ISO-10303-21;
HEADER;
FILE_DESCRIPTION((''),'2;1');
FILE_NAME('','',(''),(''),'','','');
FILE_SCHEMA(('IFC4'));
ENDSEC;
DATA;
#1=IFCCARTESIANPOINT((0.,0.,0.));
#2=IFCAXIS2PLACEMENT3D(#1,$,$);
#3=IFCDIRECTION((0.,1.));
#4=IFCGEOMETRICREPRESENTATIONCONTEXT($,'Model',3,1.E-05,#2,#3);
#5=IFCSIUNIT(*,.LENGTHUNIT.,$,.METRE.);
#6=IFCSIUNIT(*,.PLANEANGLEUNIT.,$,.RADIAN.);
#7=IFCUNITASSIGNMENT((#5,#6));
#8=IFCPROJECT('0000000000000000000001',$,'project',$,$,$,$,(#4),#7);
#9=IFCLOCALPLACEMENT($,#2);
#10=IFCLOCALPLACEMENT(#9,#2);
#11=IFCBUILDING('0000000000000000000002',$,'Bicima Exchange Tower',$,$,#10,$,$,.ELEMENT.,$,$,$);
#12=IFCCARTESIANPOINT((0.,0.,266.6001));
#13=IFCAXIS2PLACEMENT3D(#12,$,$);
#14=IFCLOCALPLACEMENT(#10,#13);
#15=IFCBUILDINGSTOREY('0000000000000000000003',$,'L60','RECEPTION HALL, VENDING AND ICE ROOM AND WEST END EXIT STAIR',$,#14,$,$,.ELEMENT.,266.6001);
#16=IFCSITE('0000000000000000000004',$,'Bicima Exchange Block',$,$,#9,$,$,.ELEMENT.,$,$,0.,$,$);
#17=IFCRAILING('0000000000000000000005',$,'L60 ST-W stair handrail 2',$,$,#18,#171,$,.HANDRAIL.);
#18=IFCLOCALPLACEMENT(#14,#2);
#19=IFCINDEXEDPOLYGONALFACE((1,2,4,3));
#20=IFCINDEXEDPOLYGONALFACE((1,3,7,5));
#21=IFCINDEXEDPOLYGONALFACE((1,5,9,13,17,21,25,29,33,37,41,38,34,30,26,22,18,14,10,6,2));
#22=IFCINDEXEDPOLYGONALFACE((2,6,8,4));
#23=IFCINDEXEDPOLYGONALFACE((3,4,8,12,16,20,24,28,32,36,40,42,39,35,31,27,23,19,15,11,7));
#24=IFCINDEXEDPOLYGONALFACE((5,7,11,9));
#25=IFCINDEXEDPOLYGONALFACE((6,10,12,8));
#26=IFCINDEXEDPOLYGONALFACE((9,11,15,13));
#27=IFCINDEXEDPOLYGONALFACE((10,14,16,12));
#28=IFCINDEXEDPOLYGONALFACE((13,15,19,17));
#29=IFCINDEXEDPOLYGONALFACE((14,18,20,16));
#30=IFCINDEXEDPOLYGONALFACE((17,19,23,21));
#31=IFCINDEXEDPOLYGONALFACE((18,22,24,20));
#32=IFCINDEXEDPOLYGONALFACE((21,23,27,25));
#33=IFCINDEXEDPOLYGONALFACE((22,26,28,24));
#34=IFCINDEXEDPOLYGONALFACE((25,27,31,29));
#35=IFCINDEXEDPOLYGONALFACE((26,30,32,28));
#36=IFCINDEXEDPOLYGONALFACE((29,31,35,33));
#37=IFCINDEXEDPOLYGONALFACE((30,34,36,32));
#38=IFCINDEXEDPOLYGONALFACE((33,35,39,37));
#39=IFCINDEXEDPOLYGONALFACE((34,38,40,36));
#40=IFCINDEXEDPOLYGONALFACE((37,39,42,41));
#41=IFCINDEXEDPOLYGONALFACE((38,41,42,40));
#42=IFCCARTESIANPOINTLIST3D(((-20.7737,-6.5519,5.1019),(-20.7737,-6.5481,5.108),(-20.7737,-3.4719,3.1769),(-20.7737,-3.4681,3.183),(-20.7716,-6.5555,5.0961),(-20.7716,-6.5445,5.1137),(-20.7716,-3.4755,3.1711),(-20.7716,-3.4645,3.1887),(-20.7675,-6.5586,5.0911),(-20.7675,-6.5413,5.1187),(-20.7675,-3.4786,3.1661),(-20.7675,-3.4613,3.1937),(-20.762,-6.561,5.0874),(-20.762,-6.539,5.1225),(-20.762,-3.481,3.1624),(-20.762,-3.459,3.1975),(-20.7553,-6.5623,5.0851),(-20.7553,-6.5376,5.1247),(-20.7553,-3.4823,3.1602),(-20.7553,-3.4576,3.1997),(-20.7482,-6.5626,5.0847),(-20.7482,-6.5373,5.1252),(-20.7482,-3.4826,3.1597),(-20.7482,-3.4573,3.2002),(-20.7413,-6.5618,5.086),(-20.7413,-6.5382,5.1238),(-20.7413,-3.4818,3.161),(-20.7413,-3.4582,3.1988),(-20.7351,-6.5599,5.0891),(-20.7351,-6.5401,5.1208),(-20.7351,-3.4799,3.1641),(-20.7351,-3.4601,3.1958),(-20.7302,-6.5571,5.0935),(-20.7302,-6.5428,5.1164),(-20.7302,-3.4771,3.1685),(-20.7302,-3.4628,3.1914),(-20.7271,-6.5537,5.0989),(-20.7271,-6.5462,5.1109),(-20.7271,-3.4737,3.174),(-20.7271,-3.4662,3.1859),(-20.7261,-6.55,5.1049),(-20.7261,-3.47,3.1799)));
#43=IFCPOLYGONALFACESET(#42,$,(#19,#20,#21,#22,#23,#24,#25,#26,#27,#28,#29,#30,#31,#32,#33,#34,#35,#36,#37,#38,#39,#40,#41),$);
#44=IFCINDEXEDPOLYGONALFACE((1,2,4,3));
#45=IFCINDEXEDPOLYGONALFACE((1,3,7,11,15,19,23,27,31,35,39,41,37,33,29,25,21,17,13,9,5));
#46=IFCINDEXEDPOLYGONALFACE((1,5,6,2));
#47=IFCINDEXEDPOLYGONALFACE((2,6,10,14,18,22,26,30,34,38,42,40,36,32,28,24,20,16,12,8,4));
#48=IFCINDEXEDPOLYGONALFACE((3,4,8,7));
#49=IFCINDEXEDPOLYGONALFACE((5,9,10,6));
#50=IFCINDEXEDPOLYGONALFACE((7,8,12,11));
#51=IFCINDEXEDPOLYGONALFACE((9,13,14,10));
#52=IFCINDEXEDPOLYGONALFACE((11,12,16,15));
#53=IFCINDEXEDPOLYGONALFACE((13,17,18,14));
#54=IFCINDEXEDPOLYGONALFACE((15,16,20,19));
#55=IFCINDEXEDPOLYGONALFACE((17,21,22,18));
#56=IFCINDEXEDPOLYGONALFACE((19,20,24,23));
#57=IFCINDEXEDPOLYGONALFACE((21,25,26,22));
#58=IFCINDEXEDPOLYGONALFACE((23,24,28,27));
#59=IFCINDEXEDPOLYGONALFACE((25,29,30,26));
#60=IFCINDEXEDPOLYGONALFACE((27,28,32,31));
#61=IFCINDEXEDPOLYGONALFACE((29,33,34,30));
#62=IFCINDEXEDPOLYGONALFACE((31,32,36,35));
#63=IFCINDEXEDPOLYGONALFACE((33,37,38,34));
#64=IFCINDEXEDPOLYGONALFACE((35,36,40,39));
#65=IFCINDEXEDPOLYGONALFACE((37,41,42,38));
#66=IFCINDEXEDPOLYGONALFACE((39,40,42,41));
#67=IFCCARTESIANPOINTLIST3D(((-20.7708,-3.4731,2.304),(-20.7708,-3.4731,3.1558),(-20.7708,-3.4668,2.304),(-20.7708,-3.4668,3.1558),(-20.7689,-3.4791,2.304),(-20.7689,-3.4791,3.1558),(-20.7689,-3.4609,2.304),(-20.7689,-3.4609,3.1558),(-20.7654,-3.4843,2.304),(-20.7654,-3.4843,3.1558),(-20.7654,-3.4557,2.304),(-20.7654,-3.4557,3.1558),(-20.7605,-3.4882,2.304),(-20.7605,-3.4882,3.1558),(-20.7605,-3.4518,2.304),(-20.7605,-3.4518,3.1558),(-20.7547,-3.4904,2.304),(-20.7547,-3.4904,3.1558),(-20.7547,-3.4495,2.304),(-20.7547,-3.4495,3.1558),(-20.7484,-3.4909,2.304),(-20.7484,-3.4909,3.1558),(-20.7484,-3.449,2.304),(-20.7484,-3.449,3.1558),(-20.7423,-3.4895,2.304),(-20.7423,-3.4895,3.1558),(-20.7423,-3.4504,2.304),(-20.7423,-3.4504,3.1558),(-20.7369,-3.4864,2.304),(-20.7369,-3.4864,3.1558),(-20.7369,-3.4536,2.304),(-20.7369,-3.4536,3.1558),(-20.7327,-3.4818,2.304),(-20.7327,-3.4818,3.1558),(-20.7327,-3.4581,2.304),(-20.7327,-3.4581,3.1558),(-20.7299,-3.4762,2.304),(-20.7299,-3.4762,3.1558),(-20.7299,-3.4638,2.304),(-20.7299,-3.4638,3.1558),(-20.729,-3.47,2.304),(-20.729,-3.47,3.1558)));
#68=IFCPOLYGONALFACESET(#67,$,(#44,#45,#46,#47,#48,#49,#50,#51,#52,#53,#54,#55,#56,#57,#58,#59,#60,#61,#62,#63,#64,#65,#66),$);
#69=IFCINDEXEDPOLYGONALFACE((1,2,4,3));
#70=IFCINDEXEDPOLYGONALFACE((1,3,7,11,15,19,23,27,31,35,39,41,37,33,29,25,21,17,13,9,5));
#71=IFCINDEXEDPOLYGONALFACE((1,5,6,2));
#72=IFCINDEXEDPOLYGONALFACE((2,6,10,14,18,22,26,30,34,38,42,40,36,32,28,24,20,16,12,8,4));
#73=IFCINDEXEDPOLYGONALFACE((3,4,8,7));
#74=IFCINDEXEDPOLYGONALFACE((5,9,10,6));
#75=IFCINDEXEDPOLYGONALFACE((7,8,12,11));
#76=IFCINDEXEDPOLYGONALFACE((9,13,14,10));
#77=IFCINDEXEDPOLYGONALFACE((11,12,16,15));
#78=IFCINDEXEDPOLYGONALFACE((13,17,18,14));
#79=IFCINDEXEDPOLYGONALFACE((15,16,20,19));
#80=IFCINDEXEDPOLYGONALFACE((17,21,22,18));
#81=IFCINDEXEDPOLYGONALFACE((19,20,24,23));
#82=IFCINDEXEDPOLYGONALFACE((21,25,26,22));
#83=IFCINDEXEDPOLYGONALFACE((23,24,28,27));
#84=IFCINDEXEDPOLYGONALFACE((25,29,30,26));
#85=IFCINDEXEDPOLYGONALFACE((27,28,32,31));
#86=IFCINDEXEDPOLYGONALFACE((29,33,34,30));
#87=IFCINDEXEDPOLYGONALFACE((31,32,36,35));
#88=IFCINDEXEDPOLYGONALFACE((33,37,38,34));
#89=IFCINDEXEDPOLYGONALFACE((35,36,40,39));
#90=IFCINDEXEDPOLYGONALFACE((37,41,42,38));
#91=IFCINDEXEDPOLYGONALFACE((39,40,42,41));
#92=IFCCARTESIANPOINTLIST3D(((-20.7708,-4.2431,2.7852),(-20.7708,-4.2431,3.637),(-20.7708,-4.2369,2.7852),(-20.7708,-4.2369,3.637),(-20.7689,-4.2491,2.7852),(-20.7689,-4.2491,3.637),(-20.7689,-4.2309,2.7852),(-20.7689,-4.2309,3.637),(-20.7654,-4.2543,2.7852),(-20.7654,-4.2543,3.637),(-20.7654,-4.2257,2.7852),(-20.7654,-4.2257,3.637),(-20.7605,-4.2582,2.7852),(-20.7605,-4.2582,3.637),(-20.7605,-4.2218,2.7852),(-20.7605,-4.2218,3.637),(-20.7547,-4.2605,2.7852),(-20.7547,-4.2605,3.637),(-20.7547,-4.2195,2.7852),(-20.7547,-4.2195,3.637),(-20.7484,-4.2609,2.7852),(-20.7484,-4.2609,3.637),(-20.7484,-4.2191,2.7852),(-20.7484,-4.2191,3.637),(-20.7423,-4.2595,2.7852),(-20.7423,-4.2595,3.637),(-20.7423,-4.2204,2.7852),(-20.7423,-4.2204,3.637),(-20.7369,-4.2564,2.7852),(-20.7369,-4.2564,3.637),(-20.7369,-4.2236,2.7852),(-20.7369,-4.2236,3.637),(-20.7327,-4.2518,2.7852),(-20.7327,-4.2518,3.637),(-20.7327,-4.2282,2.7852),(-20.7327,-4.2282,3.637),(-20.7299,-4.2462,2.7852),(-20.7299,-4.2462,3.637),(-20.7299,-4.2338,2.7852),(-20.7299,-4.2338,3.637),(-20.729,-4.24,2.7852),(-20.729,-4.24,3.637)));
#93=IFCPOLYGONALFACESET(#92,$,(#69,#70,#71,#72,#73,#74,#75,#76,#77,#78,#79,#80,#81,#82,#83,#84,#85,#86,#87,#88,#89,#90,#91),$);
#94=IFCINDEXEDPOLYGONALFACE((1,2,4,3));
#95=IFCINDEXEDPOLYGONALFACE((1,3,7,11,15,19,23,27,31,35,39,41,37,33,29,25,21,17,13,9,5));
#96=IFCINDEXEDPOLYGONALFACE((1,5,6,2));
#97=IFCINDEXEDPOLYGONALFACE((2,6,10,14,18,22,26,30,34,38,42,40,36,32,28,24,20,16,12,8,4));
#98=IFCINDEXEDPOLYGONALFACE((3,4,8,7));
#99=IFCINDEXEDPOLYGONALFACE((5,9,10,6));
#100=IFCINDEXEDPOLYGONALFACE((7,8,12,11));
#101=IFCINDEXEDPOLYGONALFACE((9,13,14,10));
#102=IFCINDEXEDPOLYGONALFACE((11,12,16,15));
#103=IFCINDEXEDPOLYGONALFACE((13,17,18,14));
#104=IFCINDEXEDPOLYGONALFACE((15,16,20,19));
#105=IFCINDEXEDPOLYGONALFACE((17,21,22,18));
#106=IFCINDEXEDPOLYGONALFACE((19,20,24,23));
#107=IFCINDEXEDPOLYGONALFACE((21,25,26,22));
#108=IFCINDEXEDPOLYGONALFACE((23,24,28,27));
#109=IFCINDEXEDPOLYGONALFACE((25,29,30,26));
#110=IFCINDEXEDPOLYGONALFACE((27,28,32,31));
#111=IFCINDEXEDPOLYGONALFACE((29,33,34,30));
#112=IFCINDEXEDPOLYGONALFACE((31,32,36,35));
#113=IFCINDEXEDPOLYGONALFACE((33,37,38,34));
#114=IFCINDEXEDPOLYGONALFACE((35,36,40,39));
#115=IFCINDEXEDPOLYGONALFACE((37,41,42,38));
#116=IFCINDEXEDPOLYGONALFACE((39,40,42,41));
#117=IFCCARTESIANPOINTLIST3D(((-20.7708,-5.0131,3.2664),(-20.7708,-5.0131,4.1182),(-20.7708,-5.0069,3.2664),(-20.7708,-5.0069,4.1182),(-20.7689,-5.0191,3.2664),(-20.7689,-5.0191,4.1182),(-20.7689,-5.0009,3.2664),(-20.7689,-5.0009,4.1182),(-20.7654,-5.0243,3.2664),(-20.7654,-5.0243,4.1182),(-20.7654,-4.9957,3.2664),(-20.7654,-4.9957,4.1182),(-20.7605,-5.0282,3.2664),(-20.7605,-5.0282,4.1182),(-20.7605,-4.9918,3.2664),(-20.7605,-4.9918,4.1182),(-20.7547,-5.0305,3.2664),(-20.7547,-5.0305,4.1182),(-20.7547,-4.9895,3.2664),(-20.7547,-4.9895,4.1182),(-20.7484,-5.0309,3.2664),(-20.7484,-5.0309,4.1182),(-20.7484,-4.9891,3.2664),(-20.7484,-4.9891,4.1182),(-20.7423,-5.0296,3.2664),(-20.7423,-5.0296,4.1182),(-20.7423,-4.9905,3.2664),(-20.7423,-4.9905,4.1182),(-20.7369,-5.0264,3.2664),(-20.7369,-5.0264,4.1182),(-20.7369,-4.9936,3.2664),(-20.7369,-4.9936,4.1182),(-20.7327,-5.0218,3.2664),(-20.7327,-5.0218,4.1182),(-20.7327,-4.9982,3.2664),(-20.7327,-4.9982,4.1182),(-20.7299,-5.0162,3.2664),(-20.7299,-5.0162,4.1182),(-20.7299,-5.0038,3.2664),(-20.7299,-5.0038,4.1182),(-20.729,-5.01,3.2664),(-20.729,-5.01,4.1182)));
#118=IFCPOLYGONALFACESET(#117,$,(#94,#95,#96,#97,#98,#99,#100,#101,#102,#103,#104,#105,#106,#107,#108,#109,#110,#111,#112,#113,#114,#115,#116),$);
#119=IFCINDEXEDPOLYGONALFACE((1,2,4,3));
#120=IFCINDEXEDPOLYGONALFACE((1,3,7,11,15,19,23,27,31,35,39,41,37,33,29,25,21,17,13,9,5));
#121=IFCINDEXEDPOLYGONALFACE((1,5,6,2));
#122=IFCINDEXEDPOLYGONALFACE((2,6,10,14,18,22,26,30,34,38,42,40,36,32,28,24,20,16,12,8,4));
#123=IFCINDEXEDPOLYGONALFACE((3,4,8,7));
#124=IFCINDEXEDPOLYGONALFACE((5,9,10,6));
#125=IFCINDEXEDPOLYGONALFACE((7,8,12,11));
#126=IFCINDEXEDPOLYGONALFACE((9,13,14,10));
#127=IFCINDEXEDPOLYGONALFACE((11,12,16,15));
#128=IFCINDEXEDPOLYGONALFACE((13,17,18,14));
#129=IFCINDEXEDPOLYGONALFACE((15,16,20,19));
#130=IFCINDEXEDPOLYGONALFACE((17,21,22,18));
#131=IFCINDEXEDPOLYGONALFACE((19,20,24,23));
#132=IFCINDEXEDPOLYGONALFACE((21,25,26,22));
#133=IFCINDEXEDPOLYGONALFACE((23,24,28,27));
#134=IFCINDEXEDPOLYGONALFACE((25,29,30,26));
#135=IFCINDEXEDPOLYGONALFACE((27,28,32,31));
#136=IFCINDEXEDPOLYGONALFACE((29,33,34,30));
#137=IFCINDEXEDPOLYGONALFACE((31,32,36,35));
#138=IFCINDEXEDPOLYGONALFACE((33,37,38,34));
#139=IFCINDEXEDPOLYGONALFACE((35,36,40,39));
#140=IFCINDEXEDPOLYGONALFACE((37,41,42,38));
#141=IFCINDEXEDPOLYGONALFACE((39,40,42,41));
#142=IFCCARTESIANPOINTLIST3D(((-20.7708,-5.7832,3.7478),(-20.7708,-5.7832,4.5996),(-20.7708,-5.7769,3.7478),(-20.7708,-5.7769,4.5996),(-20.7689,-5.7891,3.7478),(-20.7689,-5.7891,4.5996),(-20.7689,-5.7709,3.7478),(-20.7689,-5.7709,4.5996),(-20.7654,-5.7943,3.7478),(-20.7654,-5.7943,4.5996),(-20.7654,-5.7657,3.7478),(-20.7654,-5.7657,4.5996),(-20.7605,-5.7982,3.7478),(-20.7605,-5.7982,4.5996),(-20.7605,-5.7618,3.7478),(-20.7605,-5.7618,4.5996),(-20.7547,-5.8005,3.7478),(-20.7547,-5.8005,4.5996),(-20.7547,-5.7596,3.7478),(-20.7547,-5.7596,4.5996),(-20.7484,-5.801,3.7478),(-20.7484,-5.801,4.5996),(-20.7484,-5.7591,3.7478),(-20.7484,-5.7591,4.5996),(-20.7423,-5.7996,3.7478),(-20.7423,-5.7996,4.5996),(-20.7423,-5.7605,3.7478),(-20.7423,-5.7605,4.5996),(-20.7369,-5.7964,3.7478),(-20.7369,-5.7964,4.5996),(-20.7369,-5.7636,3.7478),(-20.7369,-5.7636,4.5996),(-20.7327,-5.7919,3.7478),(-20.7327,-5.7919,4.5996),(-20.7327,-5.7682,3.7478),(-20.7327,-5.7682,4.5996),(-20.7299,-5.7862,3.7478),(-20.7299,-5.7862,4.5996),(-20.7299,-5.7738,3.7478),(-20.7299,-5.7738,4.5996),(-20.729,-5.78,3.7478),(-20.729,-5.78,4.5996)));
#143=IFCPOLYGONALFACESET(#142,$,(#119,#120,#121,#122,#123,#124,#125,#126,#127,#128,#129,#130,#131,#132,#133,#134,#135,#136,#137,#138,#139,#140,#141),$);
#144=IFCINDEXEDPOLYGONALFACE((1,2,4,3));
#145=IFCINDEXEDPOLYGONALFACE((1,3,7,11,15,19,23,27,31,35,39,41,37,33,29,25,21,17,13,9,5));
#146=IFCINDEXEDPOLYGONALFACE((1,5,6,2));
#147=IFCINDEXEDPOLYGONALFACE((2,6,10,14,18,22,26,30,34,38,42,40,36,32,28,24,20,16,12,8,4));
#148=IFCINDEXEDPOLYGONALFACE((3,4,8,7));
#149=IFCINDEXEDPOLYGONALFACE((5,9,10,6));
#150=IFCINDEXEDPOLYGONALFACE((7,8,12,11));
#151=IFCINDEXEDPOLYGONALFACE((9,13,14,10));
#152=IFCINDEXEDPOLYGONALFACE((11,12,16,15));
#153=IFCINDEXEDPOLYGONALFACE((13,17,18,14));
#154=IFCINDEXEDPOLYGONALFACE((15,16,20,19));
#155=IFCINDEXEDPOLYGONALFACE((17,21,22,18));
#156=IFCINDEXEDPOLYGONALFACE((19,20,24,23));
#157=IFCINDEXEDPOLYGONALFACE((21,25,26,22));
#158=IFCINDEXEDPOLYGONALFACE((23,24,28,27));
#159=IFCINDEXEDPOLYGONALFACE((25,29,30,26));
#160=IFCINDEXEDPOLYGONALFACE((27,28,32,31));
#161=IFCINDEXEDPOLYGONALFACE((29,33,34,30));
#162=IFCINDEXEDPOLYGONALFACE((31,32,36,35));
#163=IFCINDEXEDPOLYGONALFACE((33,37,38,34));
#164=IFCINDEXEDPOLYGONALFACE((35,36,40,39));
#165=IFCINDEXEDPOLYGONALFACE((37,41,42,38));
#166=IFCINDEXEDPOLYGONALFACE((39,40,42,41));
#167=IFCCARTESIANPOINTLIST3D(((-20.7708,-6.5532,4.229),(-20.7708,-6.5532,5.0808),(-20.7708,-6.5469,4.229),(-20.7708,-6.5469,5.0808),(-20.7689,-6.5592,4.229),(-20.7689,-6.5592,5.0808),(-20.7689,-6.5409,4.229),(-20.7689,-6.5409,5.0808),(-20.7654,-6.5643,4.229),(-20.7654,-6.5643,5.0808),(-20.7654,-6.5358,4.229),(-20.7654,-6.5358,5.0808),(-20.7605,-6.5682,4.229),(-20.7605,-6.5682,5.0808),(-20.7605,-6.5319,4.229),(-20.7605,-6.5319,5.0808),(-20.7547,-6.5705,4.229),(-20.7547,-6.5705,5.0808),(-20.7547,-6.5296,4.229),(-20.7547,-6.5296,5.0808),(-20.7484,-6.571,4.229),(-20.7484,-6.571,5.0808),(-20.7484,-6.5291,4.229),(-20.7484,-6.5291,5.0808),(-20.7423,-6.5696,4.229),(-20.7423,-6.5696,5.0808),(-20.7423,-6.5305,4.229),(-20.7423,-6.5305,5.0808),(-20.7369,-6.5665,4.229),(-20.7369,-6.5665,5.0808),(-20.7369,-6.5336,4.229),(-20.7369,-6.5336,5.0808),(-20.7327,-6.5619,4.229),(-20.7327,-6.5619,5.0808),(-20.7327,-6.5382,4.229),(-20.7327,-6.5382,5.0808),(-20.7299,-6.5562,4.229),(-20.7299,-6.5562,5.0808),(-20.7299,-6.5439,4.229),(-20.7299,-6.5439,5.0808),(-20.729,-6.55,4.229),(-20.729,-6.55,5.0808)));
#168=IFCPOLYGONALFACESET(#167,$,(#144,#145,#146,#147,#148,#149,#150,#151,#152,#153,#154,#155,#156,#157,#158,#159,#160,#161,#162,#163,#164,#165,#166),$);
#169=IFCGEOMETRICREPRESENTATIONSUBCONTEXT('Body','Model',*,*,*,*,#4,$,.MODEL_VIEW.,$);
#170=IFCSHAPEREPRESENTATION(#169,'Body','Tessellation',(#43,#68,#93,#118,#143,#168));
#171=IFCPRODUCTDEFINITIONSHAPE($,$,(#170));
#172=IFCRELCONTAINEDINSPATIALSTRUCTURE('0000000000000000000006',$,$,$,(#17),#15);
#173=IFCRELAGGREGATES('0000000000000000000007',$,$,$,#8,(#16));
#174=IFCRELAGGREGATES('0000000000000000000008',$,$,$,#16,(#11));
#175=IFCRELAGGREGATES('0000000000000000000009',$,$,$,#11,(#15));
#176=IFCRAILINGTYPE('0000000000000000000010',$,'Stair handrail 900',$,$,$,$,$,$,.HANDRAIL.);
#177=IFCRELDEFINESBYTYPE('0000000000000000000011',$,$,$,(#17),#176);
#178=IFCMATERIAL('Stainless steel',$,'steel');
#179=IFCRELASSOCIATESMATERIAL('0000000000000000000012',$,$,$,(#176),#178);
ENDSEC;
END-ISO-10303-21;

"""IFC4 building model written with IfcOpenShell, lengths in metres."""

from ifc_helpers import new_model, si_unit, direction, frame, origin, origin_2d, place, context, subcontext, project, spatial, circle, extrude, material, type_object, element, save


model = new_model("IFC4")

# Units and contexts
model_context = context("Model", 3, precision=1e-05, world=origin(), true_north=direction((0.0, 1.0)))
body_context = subcontext(model_context, "Body", "Model", "MODEL_VIEW")
ifc_project = project(units=[si_unit("LENGTHUNIT", "METRE"), si_unit("PLANEANGLEUNIT", "RADIAN")], contexts=[model_context])

# Site, building, storey
site_placement = place(None, origin())
site = spatial("IfcSite", under=ifc_project, at=site_placement, Name="Bicima Exchange Block", CompositionType="ELEMENT", RefElevation=0.0)
building_placement = place(site_placement, origin())
building = spatial("IfcBuilding", under=site, at=building_placement, Name="Bicima Exchange Tower", CompositionType="ELEMENT")
storey_placement = place(building_placement, frame((0.0, 0.0, 266.6001)))
storey = spatial("IfcBuildingStorey", under=building, at=storey_placement, Name="L60", Description="RECEPTION HALL, VENDING AND ICE ROOM AND WEST END EXIT STAIR", CompositionType="ELEMENT", Elevation=266.6001)

# Railing
ifc_material_1 = material(Name="Stainless steel", Category="steel")
railing_type = type_object("IfcRailingType", Name="Stair handrail 900", PredefinedType="HANDRAIL", material=ifc_material_1)
railing_placement = place(storey_placement, frame((-20.75, -3.47, 2.304)))
element("IfcRailing", 1, at=railing_placement, inside=storey, type_object=railing_type, Name="L60 ST-W stair handrail 2", PredefinedType="HANDRAIL", context=body_context, shape_type="SweptSolid", body=[
    extrude(circle(Radius=0.0239, at=origin_2d()), frame((0.0, 0.0, 0.876), z_axis=(0.0, -0.847998, 0.529999), x_axis=(1.0, 0.0, 0.0)), (0.0, 0.0, 1.0), 3.6321),
    extrude(circle(Radius=0.021, at=origin_2d()), origin(), (0.0, 0.0, 1.0), 0.8518),
    extrude(circle(Radius=0.021, at=origin_2d()), frame((0.0, -0.77, 0.4812)), (0.0, 0.0, 1.0), 0.8518),
    extrude(circle(Radius=0.021, at=origin_2d()), frame((0.0, -1.54, 0.9624)), (0.0, 0.0, 1.0), 0.8518),
    extrude(circle(Radius=0.021, at=origin_2d()), frame((0.0, -2.3101, 1.4438)), (0.0, 0.0, 1.0), 0.8518),
    extrude(circle(Radius=0.021, at=origin_2d()), frame((0.0, -3.0801, 1.925)), (0.0, 0.0, 1.0), 0.8518),
])

save(model, "model.ifc")
